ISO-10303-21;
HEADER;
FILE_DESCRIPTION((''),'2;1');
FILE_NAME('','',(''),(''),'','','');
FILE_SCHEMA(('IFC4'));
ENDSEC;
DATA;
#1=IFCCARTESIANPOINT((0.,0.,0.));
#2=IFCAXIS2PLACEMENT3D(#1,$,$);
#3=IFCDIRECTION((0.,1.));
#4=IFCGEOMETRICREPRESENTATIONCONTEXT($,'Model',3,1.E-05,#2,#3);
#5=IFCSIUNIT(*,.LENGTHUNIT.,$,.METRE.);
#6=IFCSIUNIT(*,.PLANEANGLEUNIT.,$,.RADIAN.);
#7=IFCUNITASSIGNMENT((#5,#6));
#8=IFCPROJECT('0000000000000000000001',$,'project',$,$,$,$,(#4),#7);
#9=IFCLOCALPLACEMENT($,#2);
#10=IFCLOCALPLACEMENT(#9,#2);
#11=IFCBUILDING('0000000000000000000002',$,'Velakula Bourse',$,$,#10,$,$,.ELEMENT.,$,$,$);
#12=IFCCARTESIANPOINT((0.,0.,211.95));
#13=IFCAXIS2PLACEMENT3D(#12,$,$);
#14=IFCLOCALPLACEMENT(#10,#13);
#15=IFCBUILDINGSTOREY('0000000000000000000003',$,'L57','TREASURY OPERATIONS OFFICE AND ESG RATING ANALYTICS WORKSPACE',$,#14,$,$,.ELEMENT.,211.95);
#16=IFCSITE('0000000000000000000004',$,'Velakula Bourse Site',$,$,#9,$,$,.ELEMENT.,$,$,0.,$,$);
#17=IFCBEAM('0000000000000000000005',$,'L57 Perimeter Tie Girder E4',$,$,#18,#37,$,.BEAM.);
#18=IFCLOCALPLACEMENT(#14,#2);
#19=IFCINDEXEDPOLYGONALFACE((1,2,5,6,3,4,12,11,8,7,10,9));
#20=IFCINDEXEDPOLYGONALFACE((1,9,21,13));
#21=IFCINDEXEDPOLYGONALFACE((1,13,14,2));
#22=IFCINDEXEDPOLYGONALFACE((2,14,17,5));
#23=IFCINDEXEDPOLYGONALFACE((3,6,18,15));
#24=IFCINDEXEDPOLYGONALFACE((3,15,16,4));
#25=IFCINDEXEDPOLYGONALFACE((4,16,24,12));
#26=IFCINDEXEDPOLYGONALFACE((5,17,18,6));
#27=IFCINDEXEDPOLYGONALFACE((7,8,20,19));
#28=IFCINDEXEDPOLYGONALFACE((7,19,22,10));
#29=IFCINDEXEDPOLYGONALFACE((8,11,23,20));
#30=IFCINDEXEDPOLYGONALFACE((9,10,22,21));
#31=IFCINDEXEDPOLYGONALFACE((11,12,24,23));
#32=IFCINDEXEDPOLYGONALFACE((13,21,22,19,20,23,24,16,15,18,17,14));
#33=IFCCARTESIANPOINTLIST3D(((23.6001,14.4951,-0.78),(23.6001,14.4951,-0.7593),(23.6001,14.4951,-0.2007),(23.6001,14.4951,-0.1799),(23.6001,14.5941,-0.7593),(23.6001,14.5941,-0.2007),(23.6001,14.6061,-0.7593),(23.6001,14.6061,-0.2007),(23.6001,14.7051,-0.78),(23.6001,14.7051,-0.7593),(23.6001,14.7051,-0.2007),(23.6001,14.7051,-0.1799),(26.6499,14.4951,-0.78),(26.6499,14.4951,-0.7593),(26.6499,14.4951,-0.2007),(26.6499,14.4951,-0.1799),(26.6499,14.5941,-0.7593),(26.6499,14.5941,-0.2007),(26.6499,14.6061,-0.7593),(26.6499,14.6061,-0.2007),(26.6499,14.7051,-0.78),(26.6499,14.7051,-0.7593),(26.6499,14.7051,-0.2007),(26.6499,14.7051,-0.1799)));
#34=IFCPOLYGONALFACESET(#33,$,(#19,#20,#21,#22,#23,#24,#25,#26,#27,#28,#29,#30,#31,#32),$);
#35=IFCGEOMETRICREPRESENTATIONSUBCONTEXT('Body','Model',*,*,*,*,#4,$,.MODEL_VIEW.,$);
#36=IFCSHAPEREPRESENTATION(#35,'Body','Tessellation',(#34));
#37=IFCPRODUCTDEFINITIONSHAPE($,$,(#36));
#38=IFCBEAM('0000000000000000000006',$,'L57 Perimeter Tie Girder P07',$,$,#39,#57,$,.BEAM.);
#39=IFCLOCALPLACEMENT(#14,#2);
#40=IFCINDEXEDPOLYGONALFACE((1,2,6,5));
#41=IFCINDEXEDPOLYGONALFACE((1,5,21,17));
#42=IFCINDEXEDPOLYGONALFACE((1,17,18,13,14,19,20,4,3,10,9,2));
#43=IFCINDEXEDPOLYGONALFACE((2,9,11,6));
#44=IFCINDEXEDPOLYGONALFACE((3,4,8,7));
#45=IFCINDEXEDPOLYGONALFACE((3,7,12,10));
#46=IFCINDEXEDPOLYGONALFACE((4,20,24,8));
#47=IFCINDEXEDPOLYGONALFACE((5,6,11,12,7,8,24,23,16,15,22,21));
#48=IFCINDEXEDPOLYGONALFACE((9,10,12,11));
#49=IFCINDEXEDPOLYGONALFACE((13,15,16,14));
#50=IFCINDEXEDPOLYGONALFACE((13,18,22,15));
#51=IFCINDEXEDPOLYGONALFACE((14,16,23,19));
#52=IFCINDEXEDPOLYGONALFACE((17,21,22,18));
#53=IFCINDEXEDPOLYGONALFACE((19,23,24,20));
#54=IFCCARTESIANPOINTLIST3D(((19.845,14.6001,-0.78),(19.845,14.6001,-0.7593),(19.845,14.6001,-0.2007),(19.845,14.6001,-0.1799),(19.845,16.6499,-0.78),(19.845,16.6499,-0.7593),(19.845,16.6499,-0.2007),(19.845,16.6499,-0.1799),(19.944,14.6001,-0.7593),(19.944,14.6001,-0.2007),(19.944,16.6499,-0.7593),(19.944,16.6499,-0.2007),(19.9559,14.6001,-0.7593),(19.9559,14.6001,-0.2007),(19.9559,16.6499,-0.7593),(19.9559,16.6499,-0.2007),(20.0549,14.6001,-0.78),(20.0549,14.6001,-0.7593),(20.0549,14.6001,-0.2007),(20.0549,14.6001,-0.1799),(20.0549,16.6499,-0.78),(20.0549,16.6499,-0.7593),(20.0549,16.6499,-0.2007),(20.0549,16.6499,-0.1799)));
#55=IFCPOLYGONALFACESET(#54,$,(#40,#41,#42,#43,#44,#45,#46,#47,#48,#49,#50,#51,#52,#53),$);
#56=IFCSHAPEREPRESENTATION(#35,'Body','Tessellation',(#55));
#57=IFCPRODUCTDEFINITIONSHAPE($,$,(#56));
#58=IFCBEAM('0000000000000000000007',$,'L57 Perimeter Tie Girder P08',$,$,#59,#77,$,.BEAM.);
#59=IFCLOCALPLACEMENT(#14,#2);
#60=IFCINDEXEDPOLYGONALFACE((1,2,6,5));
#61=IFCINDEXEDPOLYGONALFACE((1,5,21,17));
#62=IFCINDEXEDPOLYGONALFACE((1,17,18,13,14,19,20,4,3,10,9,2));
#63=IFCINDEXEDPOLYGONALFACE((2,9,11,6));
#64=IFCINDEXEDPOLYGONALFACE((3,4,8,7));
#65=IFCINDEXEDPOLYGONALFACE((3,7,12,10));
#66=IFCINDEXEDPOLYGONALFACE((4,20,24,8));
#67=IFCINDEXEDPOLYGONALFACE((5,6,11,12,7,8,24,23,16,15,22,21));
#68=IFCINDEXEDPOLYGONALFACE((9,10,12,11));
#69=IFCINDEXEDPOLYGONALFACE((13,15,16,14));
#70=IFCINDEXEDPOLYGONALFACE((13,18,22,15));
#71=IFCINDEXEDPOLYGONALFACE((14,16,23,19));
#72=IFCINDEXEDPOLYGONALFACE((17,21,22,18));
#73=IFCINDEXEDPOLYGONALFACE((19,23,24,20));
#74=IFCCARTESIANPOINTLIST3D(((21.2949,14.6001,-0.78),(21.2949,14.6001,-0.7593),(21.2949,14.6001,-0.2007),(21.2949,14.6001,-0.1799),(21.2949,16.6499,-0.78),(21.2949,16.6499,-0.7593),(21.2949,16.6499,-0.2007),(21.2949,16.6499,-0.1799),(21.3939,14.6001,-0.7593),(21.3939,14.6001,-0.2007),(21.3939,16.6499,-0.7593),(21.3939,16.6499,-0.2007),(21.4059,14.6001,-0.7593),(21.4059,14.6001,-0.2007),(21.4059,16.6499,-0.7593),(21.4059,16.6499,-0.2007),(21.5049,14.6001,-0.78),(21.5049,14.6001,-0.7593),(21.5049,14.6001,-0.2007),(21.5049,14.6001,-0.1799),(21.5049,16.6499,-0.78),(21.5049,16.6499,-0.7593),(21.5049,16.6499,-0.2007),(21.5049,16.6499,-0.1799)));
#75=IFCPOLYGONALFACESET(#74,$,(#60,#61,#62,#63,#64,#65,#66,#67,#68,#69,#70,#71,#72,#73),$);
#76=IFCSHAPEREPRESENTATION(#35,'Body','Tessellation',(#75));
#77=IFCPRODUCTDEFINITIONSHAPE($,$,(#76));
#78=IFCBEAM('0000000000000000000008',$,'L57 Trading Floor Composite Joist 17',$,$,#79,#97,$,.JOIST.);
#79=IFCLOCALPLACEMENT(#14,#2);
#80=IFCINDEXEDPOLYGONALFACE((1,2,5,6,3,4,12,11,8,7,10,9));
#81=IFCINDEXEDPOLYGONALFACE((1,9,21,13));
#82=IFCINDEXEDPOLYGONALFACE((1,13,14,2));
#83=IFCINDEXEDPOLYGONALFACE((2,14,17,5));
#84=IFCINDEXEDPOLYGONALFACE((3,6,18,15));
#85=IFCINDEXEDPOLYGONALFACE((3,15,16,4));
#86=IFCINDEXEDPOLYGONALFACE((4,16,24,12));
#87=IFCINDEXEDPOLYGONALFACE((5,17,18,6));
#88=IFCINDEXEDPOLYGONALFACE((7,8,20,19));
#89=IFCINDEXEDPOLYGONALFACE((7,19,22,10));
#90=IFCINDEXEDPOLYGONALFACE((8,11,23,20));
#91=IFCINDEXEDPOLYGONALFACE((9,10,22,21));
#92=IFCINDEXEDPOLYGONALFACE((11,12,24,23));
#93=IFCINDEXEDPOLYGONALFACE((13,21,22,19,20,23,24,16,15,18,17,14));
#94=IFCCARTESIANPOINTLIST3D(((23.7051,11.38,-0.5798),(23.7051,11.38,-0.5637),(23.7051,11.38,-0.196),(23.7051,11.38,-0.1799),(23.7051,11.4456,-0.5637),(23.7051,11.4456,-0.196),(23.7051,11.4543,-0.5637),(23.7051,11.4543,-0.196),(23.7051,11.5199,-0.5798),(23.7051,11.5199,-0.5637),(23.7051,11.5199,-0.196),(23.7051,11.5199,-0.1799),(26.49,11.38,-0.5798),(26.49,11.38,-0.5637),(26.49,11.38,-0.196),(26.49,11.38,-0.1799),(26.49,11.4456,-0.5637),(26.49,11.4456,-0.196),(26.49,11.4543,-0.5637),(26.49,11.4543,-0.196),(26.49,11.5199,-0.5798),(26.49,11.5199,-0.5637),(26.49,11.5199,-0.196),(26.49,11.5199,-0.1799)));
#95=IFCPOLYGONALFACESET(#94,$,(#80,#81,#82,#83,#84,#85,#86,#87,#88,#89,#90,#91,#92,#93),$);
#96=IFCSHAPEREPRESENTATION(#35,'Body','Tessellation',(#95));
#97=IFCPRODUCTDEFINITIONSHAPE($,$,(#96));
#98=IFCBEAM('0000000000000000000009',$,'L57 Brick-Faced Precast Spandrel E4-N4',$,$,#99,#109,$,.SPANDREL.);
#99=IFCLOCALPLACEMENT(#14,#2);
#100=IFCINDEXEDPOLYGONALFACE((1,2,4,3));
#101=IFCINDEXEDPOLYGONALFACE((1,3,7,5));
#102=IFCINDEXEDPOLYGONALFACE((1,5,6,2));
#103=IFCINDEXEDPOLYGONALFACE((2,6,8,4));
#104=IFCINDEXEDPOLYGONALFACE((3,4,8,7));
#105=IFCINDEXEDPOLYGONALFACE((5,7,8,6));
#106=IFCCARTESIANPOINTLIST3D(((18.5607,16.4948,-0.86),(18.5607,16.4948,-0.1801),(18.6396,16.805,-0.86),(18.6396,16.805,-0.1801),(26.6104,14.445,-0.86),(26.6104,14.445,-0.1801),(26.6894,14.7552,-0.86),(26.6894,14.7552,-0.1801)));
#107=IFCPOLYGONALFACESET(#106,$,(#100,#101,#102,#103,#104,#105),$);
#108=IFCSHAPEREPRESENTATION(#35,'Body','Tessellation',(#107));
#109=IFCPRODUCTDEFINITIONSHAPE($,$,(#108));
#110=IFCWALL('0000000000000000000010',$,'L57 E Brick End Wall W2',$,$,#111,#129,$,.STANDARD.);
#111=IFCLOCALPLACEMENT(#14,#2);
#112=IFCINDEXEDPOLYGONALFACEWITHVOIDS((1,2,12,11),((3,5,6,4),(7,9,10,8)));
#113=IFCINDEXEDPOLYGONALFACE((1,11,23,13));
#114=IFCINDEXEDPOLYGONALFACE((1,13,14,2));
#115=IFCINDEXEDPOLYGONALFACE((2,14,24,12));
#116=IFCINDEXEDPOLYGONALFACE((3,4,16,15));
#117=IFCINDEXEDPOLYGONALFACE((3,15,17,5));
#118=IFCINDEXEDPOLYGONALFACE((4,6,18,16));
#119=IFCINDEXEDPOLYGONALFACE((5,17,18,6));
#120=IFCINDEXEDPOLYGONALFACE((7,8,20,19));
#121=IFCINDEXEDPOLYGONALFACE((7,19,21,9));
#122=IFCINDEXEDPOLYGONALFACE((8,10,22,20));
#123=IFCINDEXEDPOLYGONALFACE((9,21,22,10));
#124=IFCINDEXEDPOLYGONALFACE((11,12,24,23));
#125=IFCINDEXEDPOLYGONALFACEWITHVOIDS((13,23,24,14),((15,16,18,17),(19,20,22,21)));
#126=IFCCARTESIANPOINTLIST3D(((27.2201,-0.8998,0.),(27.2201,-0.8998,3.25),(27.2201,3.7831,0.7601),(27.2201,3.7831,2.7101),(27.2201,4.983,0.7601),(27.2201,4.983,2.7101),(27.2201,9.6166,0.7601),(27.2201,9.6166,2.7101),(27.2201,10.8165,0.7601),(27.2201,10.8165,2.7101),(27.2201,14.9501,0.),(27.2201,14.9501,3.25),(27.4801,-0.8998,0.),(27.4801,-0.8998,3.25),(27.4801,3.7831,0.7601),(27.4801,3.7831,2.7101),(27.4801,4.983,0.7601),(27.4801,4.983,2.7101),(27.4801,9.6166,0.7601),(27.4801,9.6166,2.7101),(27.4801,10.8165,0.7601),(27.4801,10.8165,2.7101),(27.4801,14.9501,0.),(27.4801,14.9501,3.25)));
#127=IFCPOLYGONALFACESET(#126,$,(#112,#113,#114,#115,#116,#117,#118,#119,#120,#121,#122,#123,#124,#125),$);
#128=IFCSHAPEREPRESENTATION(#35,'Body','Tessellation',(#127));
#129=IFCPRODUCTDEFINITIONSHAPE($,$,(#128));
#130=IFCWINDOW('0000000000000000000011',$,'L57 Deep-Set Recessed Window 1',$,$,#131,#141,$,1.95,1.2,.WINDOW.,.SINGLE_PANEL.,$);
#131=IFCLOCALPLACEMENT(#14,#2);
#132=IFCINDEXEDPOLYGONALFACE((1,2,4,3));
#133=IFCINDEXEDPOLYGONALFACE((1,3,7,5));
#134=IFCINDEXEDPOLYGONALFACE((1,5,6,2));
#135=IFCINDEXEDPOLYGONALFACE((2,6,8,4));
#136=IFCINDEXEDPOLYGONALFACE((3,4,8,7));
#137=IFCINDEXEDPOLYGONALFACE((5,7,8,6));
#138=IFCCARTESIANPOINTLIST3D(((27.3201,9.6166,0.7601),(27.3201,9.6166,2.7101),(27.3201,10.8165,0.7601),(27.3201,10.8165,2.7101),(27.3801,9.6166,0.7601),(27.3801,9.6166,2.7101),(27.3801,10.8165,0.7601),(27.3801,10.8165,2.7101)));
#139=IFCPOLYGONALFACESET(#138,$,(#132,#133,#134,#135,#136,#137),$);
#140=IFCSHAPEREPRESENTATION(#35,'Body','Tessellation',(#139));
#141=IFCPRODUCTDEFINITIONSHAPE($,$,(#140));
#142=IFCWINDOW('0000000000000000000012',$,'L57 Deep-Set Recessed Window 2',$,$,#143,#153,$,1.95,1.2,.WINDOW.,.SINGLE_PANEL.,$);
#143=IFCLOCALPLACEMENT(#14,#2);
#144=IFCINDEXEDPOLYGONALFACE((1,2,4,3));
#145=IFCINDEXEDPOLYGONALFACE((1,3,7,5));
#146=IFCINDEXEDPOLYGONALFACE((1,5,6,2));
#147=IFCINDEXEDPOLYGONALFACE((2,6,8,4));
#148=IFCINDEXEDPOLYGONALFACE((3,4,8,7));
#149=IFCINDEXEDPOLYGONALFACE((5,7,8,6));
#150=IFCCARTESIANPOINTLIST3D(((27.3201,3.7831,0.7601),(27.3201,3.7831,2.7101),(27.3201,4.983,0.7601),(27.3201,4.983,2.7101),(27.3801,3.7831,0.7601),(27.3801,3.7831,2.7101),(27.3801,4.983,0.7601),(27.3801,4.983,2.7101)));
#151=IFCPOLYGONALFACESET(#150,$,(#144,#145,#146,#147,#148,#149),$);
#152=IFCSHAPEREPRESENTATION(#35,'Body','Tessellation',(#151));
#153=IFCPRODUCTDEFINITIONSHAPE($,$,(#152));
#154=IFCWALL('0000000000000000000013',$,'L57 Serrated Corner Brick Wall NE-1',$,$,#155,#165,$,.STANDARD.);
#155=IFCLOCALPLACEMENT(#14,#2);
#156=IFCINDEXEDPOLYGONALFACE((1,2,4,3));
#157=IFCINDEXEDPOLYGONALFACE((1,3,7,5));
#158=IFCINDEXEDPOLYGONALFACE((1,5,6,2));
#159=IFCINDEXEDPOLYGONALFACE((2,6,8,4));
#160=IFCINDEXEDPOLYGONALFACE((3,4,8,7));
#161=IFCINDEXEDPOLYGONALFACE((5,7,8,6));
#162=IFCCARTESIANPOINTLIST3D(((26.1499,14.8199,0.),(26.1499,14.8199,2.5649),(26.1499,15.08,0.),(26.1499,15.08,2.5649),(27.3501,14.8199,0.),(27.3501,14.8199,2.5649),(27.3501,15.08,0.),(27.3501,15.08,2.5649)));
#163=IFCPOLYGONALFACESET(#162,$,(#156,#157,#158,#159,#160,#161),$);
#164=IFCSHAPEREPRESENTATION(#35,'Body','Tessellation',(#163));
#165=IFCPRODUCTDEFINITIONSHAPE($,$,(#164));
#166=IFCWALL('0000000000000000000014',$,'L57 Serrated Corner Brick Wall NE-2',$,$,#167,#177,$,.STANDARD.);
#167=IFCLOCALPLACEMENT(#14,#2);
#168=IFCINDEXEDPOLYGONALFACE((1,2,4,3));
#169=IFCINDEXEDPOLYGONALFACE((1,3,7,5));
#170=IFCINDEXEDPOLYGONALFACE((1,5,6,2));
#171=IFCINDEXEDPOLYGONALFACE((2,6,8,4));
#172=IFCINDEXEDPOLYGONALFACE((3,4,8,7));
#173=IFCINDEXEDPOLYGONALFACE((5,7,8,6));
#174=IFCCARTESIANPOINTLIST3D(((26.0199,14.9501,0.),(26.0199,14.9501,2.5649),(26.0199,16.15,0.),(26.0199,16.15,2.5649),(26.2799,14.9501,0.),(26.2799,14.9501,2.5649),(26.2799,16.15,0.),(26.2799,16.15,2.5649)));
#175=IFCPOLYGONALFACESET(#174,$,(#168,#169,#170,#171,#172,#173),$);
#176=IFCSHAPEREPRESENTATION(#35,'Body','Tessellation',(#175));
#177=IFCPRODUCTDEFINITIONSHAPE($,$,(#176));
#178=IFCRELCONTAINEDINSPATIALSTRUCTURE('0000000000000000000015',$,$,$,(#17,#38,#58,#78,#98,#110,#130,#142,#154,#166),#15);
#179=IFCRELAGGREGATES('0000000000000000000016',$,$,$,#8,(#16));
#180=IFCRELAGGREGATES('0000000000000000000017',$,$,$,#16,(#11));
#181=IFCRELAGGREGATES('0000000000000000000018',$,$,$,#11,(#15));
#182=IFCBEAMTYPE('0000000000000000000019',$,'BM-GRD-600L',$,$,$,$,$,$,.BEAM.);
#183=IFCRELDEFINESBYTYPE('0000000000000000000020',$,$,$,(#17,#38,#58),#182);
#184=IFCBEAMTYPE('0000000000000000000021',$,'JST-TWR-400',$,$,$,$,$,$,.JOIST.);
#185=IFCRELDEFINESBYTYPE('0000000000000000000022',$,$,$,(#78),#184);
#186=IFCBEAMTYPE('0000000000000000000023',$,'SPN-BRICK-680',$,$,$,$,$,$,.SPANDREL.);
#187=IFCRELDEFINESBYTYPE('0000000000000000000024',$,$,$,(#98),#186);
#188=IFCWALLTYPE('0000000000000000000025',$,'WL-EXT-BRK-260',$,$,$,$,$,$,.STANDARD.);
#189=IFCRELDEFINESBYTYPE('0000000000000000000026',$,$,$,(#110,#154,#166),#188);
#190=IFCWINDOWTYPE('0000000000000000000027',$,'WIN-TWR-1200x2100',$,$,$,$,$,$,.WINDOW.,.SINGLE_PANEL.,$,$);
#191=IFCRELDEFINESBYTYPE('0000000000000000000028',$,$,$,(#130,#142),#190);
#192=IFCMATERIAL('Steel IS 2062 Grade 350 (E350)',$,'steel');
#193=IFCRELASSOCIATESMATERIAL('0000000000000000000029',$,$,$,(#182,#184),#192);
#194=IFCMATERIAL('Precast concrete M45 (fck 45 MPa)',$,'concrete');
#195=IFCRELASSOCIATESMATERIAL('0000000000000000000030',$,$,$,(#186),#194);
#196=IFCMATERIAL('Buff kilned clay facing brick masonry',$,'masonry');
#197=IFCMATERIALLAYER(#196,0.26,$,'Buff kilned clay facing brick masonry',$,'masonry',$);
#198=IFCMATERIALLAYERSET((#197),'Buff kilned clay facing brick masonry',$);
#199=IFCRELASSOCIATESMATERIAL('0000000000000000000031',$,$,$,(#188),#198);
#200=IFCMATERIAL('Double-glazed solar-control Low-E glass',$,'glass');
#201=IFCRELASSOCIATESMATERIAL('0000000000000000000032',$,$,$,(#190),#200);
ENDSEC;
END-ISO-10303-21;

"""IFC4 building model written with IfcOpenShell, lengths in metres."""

from ifc_helpers import new_model, si_unit, direction, frame, frame_2d, origin, origin_2d, place, context, subcontext, project, spatial, rectangle, i_section, extrude, material, layer, layer_set, material_profile, profile_set, type_object, element, fill, save


model = new_model("IFC4")

# Units and contexts
model_context = context("Model", 3, precision=1e-05, world=origin(), true_north=direction((0.0, 1.0)))
body_context = subcontext(model_context, "Body", "Model", "MODEL_VIEW")
ifc_project = project(units=[si_unit("LENGTHUNIT", "METRE"), si_unit("PLANEANGLEUNIT", "RADIAN")], contexts=[model_context])

# Site, building, storey
site_placement = place(None, origin())
site = spatial("IfcSite", under=ifc_project, at=site_placement, Name="Velakula Bourse Site", CompositionType="ELEMENT", RefElevation=0.0)
building_placement = place(site_placement, origin())
building = spatial("IfcBuilding", under=site, at=building_placement, Name="Velakula Bourse", CompositionType="ELEMENT")
storey_placement = place(building_placement, frame((0.0, 0.0, 211.95)))
storey = spatial("IfcBuildingStorey", under=building, at=storey_placement, Name="L57", Description="TREASURY OPERATIONS OFFICE AND ESG RATING ANALYTICS WORKSPACE", CompositionType="ELEMENT", Elevation=211.95)

# Shared definitions
ifc_material_1 = material(Name="Steel IS 2062 Grade 350 (E350)", Category="steel")
ifc_material_2 = material(Name="Precast concrete M45 (fck 45 MPa)", Category="concrete")

# Beams
ifc_material_profile_1 = material_profile(ifc_material_1, i_section(OverallWidth=0.21, OverallDepth=0.6001, WebThickness=0.012, FlangeThickness=0.0208, at=origin_2d()), Name="Steel IS 2062 Grade 350 (E350)")
ifc_profile_set_1 = profile_set([ifc_material_profile_1], Name="Steel IS 2062 Grade 350 (E350)")
beam_type_1 = type_object("IfcBeamType", Name="BM-GRD-600L", PredefinedType="BEAM", material=ifc_profile_set_1)
beam_1_placement = place(storey_placement, frame((23.6001, 14.6001, -0.48), z_axis=(1.0, 0.0, 0.0), x_axis=(0.0, 1.0, 0.0)))
element("IfcBeam", 1, at=beam_1_placement, inside=storey, type_object=beam_type_1, Name="L57 Perimeter Tie Girder E4", PredefinedType="BEAM", context=body_context, shape_type="SweptSolid", body=[
    extrude(i_section(OverallWidth=0.21, OverallDepth=0.6001, WebThickness=0.012, FlangeThickness=0.0208, at=origin_2d()), origin(), (0.0, 0.0, 1.0), 3.0498),
])
for number, where, z_axis, x_axis, name in (
    (2, (19.95, 14.6001, -0.48), (0.0, 1.0, 0.0), (-1.0, 0.0, 0.0), "L57 Perimeter Tie Girder P07"),
    (3, (21.3999, 14.6001, -0.48), (0.0, 1.0, 0.0), (-1.0, 0.0, 0.0), "L57 Perimeter Tie Girder P08"),
):
    element("IfcBeam", number, at=place(storey_placement, frame(where, z_axis=z_axis, x_axis=x_axis)), inside=storey, type_object=beam_type_1, Name=name, PredefinedType="BEAM", context=body_context, shape_type="SweptSolid", body=[
        extrude(i_section(OverallWidth=0.21, OverallDepth=0.6001, WebThickness=0.012, FlangeThickness=0.0208, at=origin_2d()), origin(), (0.0, 0.0, 1.0), 2.0498),
    ])
ifc_material_profile_2 = material_profile(ifc_material_1, i_section(OverallWidth=0.1399, OverallDepth=0.3999, WebThickness=0.0088, FlangeThickness=0.0161, at=origin_2d()), Name="Steel IS 2062 Grade 350 (E350)")
ifc_profile_set_2 = profile_set([ifc_material_profile_2], Name="Steel IS 2062 Grade 350 (E350)")
beam_type_2 = type_object("IfcBeamType", Name="JST-TWR-400", PredefinedType="JOIST", material=ifc_profile_set_2)
beam_2_placement = place(storey_placement, frame((23.7051, 11.45, -0.3799), z_axis=(1.0, 0.0, 0.0), x_axis=(0.0, 1.0, 0.0)))
element("IfcBeam", 4, at=beam_2_placement, inside=storey, type_object=beam_type_2, Name="L57 Trading Floor Composite Joist 17", PredefinedType="JOIST", context=body_context, shape_type="SweptSolid", body=[
    extrude(i_section(OverallWidth=0.1399, OverallDepth=0.3999, WebThickness=0.0088, FlangeThickness=0.0161, at=origin_2d()), origin(), (0.0, 0.0, 1.0), 2.7849),
])
ifc_material_profile_3 = material_profile(ifc_material_2, rectangle(XDim=0.3201, YDim=0.6799, at=origin_2d()), Name="Precast concrete M45 (fck 45 MPa)")
ifc_profile_set_3 = profile_set([ifc_material_profile_3], Name="Precast concrete M45 (fck 45 MPa)")
beam_type_3 = type_object("IfcBeamType", Name="SPN-BRICK-680", PredefinedType="SPANDREL", material=ifc_profile_set_3)
beam_3_placement = place(storey_placement, frame((26.6499, 14.6001, -0.52), z_axis=(-0.969075, 0.246766, 0.0), x_axis=(-0.246766, -0.969075, 0.0)))
element("IfcBeam", 5, at=beam_3_placement, inside=storey, type_object=beam_type_3, Name="L57 Brick-Faced Precast Spandrel E4-N4", PredefinedType="SPANDREL", context=body_context, shape_type="SweptSolid", body=[
    extrude(rectangle(XDim=0.3201, YDim=0.6799, at=origin_2d()), origin(), (0.0, 0.0, 1.0), 8.3066),
])

# Wall, openings, windows
ifc_material_3 = material(Name="Buff kilned clay facing brick masonry", Category="masonry")
ifc_layer = layer(ifc_material_3, 0.26, Name="Buff kilned clay facing brick masonry", Category="masonry")
ifc_layer_set = layer_set([ifc_layer], Name="Buff kilned clay facing brick masonry")
wall_type = type_object("IfcWallType", Name="WL-EXT-BRK-260", PredefinedType="STANDARD", material=ifc_layer_set)
wall_1_placement = place(storey_placement, frame((27.3501, 14.95, 0.0), z_axis=(0.0, 0.0, 1.0), x_axis=(0.0, -1.0, 0.0)))
wall_1 = element("IfcWall", 6, at=wall_1_placement, inside=storey, type_object=wall_type, Name="L57 E Brick End Wall W2", PredefinedType="STANDARD", context=body_context, shape_type="SweptSolid", body=[
    extrude(rectangle(XDim=15.8499, YDim=0.26, at=frame_2d((7.9248, 0.0))), origin(), (0.0, 0.0, 1.0), 3.25),
])
opening_1_placement = place(wall_1_placement, frame((4.1333, 0.0, 0.76)))
opening_1 = element("IfcOpeningElement", 7, at=opening_1_placement, cuts=wall_1, PredefinedType="OPENING", context=body_context, shape_type="SweptSolid", body=[
    extrude(rectangle(XDim=1.2, YDim=1.95, at=frame_2d((0.6001, 0.9751))), frame((0.0, 0.1399, 0.0), z_axis=(0.0, -1.0, 0.0), x_axis=(1.0, 0.0, 0.0)), (0.0, 0.0, 1.0), 0.28),
])
opening_2_placement = place(wall_1_placement, frame((9.9668, 0.0, 0.76)))
opening_2 = element("IfcOpeningElement", 8, at=opening_2_placement, cuts=wall_1, PredefinedType="OPENING", context=body_context, shape_type="SweptSolid", body=[
    extrude(rectangle(XDim=1.2, YDim=1.95, at=frame_2d((0.6001, 0.9751))), frame((0.0, 0.1399, 0.0), z_axis=(0.0, -1.0, 0.0), x_axis=(1.0, 0.0, 0.0)), (0.0, 0.0, 1.0), 0.28),
])
ifc_material_4 = material(Name="Double-glazed solar-control Low-E glass", Category="glass")
window_type = type_object("IfcWindowType", Name="WIN-TWR-1200x2100", PartitioningType="SINGLE_PANEL", PredefinedType="WINDOW", material=ifc_material_4)
window_1_placement = place(opening_1_placement, origin())
window_1 = element("IfcWindow", 9, at=window_1_placement, inside=storey, type_object=window_type, Name="L57 Deep-Set Recessed Window 1", OverallHeight=1.95, OverallWidth=1.2, PartitioningType="SINGLE_PANEL", PredefinedType="WINDOW", context=body_context, shape_type="SweptSolid", body=[
    extrude(rectangle(XDim=1.2, YDim=1.95, at=frame_2d((0.6001, 0.9751))), frame((0.0, 0.03, 0.0), z_axis=(0.0, -1.0, 0.0), x_axis=(1.0, 0.0, 0.0)), (0.0, 0.0, 1.0), 0.0601),
])
fill(opening_1, window_1)
window_2_placement = place(opening_2_placement, origin())
window_2 = element("IfcWindow", 10, at=window_2_placement, inside=storey, type_object=window_type, Name="L57 Deep-Set Recessed Window 2", OverallHeight=1.95, OverallWidth=1.2, PartitioningType="SINGLE_PANEL", PredefinedType="WINDOW", context=body_context, shape_type="SweptSolid", body=[
    extrude(rectangle(XDim=1.2, YDim=1.95, at=frame_2d((0.6001, 0.9751))), frame((0.0, 0.03, 0.0), z_axis=(0.0, -1.0, 0.0), x_axis=(1.0, 0.0, 0.0)), (0.0, 0.0, 1.0), 0.0601),
])
fill(opening_2, window_2)

# Walls
wall_2_placement = place(storey_placement, frame((27.3501, 14.95, 0.0), z_axis=(0.0, 0.0, 1.0), x_axis=(-1.0, 0.0, 0.0)))
element("IfcWall", 11, at=wall_2_placement, inside=storey, type_object=wall_type, Name="L57 Serrated Corner Brick Wall NE-1", PredefinedType="STANDARD", context=body_context, shape_type="SweptSolid", body=[
    extrude(rectangle(XDim=1.2002, YDim=0.26, at=frame_2d((0.6001, 0.0))), origin(), (0.0, 0.0, 1.0), 2.5649),
])
for number, where, z_axis, x_axis, name in (
    (12, (26.1499, 14.95, 0.0), (0.0, 0.0, 1.0), (0.0, 1.0, 0.0), "L57 Serrated Corner Brick Wall NE-2"),
):
    element("IfcWall", number, at=place(storey_placement, frame(where, z_axis=z_axis, x_axis=x_axis)), inside=storey, type_object=wall_type, Name=name, PredefinedType="STANDARD", context=body_context, shape_type="SweptSolid", body=[
        extrude(rectangle(XDim=1.2, YDim=0.26, at=frame_2d((0.6001, 0.0))), origin(), (0.0, 0.0, 1.0), 2.5649),
    ])

save(model, "model.ifc")
